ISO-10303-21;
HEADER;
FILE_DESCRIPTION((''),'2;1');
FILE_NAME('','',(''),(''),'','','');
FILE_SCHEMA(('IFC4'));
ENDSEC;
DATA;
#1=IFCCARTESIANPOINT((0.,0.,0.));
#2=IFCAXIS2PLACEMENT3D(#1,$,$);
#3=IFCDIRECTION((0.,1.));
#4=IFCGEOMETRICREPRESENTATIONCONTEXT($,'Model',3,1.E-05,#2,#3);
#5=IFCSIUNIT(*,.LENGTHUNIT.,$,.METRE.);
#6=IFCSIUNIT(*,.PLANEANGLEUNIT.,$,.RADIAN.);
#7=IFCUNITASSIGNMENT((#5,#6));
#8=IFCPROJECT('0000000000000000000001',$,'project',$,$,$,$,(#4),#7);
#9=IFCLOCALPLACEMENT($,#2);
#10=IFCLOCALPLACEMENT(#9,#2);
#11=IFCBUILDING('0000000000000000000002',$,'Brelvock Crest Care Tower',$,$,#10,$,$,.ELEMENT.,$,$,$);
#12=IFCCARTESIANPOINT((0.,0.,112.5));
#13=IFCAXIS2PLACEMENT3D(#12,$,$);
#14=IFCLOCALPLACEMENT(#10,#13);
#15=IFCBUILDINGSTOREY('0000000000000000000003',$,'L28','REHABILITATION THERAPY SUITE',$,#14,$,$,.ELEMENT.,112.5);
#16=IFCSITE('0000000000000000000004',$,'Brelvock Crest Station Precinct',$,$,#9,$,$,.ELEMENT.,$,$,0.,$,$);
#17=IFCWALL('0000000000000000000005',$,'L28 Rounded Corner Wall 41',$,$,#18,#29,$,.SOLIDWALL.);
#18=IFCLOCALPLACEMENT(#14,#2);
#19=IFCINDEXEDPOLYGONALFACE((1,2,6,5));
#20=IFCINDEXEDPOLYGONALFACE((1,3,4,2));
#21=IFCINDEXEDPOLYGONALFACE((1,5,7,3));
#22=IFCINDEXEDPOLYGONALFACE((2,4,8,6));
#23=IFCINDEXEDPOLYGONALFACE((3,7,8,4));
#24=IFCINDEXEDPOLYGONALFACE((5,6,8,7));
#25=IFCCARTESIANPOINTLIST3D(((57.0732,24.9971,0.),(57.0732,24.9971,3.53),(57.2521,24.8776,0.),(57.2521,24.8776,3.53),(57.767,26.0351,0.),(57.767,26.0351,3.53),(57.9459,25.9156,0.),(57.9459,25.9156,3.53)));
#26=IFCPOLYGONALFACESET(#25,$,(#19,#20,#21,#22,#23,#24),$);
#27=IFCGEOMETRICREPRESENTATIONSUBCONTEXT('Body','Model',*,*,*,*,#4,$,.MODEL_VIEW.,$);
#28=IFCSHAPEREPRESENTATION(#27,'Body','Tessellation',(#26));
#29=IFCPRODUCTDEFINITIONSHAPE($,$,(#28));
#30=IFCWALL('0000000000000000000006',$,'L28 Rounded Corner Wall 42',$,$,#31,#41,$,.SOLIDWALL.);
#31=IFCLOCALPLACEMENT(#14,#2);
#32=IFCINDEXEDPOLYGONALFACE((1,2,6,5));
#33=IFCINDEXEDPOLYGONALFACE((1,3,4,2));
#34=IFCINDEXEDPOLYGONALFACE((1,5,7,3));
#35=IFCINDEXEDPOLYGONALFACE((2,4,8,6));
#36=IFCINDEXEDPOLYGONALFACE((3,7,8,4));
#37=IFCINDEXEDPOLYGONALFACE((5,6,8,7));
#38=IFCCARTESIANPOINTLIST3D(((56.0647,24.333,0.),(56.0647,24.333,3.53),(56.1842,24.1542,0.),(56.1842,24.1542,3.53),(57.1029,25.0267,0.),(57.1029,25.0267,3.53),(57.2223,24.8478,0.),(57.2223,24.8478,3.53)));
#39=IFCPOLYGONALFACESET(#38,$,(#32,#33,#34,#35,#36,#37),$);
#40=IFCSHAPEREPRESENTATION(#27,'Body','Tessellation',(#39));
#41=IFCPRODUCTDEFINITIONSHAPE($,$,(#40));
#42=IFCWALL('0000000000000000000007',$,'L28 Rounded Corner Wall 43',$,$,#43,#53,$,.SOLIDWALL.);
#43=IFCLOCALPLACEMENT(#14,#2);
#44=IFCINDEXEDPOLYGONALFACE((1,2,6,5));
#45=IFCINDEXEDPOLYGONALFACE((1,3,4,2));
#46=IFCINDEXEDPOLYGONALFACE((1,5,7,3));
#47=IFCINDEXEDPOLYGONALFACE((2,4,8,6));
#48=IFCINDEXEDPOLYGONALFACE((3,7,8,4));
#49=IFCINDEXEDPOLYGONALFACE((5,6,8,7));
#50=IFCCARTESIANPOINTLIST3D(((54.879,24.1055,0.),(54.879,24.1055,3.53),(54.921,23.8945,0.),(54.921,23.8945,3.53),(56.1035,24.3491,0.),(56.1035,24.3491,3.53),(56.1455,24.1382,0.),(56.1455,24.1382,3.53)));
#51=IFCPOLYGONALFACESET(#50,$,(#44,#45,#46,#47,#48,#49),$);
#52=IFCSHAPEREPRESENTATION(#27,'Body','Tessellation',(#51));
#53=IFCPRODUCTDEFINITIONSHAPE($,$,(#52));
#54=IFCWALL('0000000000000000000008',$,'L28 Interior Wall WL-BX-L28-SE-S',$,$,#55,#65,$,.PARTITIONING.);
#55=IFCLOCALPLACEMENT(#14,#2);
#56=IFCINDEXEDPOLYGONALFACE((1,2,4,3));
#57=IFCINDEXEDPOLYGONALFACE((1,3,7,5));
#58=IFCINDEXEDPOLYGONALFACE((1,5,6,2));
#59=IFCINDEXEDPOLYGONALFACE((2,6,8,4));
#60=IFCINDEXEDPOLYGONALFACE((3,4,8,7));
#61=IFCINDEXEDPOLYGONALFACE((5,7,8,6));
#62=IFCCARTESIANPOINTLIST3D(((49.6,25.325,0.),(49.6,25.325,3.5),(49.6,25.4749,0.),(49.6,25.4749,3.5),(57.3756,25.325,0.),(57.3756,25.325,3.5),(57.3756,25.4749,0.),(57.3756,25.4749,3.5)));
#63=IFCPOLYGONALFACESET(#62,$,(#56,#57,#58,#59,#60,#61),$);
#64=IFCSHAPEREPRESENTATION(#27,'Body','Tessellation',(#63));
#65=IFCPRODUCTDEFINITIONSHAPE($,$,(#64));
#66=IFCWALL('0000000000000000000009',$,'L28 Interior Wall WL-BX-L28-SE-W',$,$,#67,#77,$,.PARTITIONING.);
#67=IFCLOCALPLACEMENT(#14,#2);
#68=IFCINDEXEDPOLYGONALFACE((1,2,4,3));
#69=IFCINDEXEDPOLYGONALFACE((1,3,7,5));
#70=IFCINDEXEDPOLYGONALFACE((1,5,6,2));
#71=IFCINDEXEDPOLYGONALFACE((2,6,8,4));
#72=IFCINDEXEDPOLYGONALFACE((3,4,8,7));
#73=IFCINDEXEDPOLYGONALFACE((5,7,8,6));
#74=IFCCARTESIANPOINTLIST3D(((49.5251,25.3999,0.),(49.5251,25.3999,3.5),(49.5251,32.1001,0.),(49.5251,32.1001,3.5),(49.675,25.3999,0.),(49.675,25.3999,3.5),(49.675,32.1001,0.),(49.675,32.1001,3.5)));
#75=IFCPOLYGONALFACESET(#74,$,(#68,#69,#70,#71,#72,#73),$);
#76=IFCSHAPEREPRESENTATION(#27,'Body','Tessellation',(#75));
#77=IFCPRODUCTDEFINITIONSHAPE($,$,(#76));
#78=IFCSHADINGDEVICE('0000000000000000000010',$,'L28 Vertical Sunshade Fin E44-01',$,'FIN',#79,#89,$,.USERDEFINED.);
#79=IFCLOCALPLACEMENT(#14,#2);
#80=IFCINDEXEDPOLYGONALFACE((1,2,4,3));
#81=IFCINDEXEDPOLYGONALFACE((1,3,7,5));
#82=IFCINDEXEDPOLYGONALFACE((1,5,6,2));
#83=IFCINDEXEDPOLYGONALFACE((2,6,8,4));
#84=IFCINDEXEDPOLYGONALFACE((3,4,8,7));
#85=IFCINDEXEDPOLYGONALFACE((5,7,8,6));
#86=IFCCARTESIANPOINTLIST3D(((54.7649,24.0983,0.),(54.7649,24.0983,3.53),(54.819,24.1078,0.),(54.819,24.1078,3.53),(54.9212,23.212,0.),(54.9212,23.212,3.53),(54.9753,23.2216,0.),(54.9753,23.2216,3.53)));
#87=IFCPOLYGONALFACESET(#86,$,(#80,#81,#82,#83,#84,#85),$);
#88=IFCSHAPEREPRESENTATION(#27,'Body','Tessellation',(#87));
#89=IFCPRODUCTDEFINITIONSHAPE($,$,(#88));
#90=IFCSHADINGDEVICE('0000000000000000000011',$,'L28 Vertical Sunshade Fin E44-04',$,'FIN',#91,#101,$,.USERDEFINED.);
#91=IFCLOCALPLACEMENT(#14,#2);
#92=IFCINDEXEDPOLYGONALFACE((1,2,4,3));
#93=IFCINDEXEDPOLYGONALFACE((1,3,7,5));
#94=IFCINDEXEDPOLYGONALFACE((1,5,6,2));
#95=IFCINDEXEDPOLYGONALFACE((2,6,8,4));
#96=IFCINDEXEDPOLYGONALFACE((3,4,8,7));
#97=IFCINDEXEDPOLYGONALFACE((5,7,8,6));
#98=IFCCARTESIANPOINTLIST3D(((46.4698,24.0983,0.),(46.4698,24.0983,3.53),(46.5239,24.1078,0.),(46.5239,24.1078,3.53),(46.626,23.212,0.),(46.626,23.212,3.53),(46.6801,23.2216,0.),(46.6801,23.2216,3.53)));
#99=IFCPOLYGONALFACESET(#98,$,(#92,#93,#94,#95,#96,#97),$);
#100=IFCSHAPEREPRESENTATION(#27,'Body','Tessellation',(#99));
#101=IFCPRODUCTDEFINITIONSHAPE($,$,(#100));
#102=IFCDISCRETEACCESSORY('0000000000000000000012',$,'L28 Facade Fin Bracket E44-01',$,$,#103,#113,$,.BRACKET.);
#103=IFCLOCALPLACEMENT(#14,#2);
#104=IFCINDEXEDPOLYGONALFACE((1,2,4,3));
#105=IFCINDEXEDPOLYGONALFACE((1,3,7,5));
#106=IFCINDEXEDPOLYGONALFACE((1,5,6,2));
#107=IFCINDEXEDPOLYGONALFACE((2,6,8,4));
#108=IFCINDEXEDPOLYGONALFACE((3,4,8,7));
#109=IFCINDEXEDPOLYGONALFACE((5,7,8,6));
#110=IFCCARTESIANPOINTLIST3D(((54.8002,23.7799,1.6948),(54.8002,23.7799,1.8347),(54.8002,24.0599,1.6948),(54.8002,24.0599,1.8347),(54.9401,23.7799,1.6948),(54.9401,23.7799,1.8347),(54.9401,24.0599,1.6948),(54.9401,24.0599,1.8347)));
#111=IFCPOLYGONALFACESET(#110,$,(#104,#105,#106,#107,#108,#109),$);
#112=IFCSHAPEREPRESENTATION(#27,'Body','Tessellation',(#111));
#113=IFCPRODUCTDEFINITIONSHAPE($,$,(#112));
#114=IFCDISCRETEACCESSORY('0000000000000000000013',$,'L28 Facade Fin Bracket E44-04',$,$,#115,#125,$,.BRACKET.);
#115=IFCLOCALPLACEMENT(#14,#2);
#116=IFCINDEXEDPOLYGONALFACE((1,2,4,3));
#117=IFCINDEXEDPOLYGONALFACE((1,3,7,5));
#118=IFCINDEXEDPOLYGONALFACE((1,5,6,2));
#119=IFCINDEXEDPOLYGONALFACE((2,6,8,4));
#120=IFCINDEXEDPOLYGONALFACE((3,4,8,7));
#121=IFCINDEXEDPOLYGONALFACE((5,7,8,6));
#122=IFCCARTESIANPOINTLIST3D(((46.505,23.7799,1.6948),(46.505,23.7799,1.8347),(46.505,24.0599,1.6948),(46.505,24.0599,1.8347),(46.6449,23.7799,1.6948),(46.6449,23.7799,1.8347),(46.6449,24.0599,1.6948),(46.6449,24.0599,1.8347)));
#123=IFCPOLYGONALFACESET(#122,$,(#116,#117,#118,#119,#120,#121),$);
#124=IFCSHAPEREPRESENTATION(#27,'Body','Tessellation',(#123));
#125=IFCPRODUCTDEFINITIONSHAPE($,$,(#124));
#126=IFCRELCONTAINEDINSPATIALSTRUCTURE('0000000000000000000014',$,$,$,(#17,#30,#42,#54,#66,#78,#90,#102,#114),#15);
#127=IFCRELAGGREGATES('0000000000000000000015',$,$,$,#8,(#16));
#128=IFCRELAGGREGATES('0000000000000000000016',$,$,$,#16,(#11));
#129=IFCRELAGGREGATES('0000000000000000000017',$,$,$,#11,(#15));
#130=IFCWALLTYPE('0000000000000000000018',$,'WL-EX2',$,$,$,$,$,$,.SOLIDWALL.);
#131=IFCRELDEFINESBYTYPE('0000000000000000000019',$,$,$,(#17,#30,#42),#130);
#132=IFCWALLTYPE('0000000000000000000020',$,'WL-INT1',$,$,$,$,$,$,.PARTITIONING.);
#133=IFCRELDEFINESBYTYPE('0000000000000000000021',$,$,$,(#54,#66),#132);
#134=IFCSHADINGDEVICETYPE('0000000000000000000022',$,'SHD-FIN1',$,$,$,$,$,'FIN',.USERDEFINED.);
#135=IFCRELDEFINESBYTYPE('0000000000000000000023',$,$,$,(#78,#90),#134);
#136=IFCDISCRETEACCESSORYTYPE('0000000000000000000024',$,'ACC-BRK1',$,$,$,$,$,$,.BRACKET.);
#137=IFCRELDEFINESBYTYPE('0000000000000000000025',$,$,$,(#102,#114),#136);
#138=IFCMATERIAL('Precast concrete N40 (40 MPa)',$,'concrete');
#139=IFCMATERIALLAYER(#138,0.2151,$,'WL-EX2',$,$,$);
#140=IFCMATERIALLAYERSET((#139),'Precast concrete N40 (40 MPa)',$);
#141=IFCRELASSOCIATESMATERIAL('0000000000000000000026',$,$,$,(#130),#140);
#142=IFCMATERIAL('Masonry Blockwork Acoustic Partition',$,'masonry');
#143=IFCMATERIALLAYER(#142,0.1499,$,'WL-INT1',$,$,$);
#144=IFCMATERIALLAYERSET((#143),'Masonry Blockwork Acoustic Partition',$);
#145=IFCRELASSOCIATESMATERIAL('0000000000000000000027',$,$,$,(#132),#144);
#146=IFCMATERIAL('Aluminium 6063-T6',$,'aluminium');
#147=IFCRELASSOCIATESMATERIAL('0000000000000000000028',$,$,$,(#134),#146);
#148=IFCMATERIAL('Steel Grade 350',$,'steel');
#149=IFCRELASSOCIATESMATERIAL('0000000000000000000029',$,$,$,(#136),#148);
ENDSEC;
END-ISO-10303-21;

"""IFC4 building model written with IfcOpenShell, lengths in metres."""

from ifc_helpers import new_model, si_unit, direction, frame, frame_2d, origin, origin_2d, place, context, subcontext, project, spatial, rectangle, extrude, source, transform, mapped, material, layer, layer_set, material_profile, profile_set, type_object, element, save


model = new_model("IFC4")

# Units and contexts
model_context = context("Model", 3, precision=1e-05, world=origin(), true_north=direction((0.0, 1.0)))
body_context = subcontext(model_context, "Body", "Model", "MODEL_VIEW")
ifc_project = project(units=[si_unit("LENGTHUNIT", "METRE"), si_unit("PLANEANGLEUNIT", "RADIAN")], contexts=[model_context])

# Site, building, storey
site_placement = place(None, origin())
site = spatial("IfcSite", under=ifc_project, at=site_placement, Name="Brelvock Crest Station Precinct", CompositionType="ELEMENT", RefElevation=0.0)
building_placement = place(site_placement, origin())
building = spatial("IfcBuilding", under=site, at=building_placement, Name="Brelvock Crest Care Tower", CompositionType="ELEMENT")
storey_placement = place(building_placement, frame((0.0, 0.0, 112.5)))
storey = spatial("IfcBuildingStorey", under=building, at=storey_placement, Name="L28", Description="REHABILITATION THERAPY SUITE", CompositionType="ELEMENT", Elevation=112.5)

# Shared definitions
ifc_material_1 = material(Name="Steel Grade 350", Category="steel")

# Shared definitions
ifc_material_2 = material(Name="Aluminium 6063-T6", Category="aluminium")

# Walls
ifc_material_3 = material(Name="Precast concrete N40 (40 MPa)", Category="concrete")
ifc_layer_1 = layer(ifc_material_3, 0.2151, Name="WL-EX2")
ifc_layer_set_1 = layer_set([ifc_layer_1], Name="Precast concrete N40 (40 MPa)")
wall_type_1 = type_object("IfcWallType", Name="WL-EX2", PredefinedType="SOLIDWALL", material=ifc_layer_set_1)
for number, where, z_axis, x_axis, name in (
    (1, (57.8564, 25.9753, 0.0), (0.0, 0.0, 1.0), (-0.555692, -0.831388, 0.0), "L28 Rounded Corner Wall 41"),
    (2, (57.1626, 24.9373, 0.0), (0.0, 0.0, 1.0), (-0.831478, -0.555557, 0.0), "L28 Rounded Corner Wall 42"),
    (3, (56.1245, 24.2437, 0.0), (0.0, 0.0, 1.0), (-0.980776, -0.195138, 0.0), "L28 Rounded Corner Wall 43"),
):
    element("IfcWall", number, at=place(storey_placement, frame(where, z_axis=z_axis, x_axis=x_axis)), inside=storey, type_object=wall_type_1, Name=name, PredefinedType="SOLIDWALL", context=body_context, shape_type="SweptSolid", body=[
        extrude(rectangle(XDim=1.2485, YDim=0.2151, at=frame_2d((0.6243, 0.0))), origin(), (0.0, 0.0, 1.0), 3.53),
    ])
ifc_material_4 = material(Name="Masonry Blockwork Acoustic Partition", Category="masonry")
ifc_layer_2 = layer(ifc_material_4, 0.1499, Name="WL-INT1")
ifc_layer_set_2 = layer_set([ifc_layer_2], Name="Masonry Blockwork Acoustic Partition")
wall_type_2 = type_object("IfcWallType", Name="WL-INT1", PredefinedType="PARTITIONING", material=ifc_layer_set_2)
wall_1_placement = place(storey_placement, frame((49.6001, 25.3999, 0.0), z_axis=(0.0, 0.0, 1.0), x_axis=(1.0, 0.0, 0.0)))
element("IfcWall", 4, at=wall_1_placement, inside=storey, type_object=wall_type_2, Name="L28 Interior Wall WL-BX-L28-SE-S", PredefinedType="PARTITIONING", context=body_context, shape_type="SweptSolid", body=[
    extrude(rectangle(XDim=7.7756, YDim=0.1499, at=frame_2d((3.8877, 0.0))), origin(), (0.0, 0.0, 1.0), 3.5),
])
wall_2_placement = place(storey_placement, frame((49.6001, 25.3999, 0.0), z_axis=(0.0, 0.0, 1.0), x_axis=(0.0, 1.0, 0.0)))
element("IfcWall", 5, at=wall_2_placement, inside=storey, type_object=wall_type_2, Name="L28 Interior Wall WL-BX-L28-SE-W", PredefinedType="PARTITIONING", context=body_context, shape_type="SweptSolid", body=[
    extrude(rectangle(XDim=6.7002, YDim=0.1499, at=frame_2d((3.3501, 0.0))), origin(), (0.0, 0.0, 1.0), 3.5),
])

# Shading devices
ifc_material_profile_1 = material_profile(ifc_material_2, rectangle(XDim=0.0549, YDim=0.8999, at=origin_2d()), Name="FIN55x900")
ifc_profile_set_1 = profile_set([ifc_material_profile_1], Name="Aluminium 6063-T6")
shading_device_type = type_object("IfcShadingDeviceType", Name="SHD-FIN1", ElementType="FIN", PredefinedType="USERDEFINED", material=ifc_profile_set_1)
shared_shape_1 = source(origin(), body_context, "Body", "SweptSolid", [
    extrude(rectangle(XDim=0.0549, YDim=0.8999, at=origin_2d()), origin(), (0.0, 0.0, 1.0), 3.53),
])
for number, where, z_axis, x_axis, name in (
    (6, (54.8701, 23.6599, 0.0), (0.0, 0.0, 1.0), (-0.984808, -0.173648, 0.0), "L28 Vertical Sunshade Fin E44-01"),
    (7, (46.575, 23.6599, 0.0), (0.0, 0.0, 1.0), (-0.984808, -0.173648, 0.0), "L28 Vertical Sunshade Fin E44-04"),
):
    element("IfcShadingDevice", number, at=place(storey_placement, frame(where, z_axis=z_axis, x_axis=x_axis)), inside=storey, type_object=shading_device_type, Name=name, ObjectType="FIN", PredefinedType="USERDEFINED", context=body_context, shape_type="MappedRepresentation", body=[
        mapped(shared_shape_1, transform((0.0, 0.0, 0.0), x_axis=(1.0, 0.0, 0.0), y_axis=(0.0, 1.0, 0.0), z_axis=(0.0, 0.0, 1.0), scale=1.0)),
    ])

# Discrete accessories
discrete_accessory_type = type_object("IfcDiscreteAccessoryType", Name="ACC-BRK1", PredefinedType="BRACKET", material=ifc_material_1)
shared_shape_2 = source(origin(), body_context, "Body", "SweptSolid", [
    extrude(rectangle(XDim=0.28, YDim=0.1399, at=origin_2d()), origin(), (0.0, 0.0, 1.0), 0.1399),
])
for number, where, z_axis, x_axis, name in (
    (8, (54.8701, 23.9199, 1.6948), (0.0, 0.0, 1.0), (0.0, -1.0, 0.0), "L28 Facade Fin Bracket E44-01"),
    (9, (46.575, 23.9199, 1.6948), (0.0, 0.0, 1.0), (0.0, -1.0, 0.0), "L28 Facade Fin Bracket E44-04"),
):
    element("IfcDiscreteAccessory", number, at=place(storey_placement, frame(where, z_axis=z_axis, x_axis=x_axis)), inside=storey, type_object=discrete_accessory_type, Name=name, PredefinedType="BRACKET", context=body_context, shape_type="MappedRepresentation", body=[
        mapped(shared_shape_2, transform((0.0, 0.0, 0.0), x_axis=(1.0, 0.0, 0.0), y_axis=(0.0, 1.0, 0.0), z_axis=(0.0, 0.0, 1.0), scale=1.0)),
    ])

save(model, "model.ifc")
